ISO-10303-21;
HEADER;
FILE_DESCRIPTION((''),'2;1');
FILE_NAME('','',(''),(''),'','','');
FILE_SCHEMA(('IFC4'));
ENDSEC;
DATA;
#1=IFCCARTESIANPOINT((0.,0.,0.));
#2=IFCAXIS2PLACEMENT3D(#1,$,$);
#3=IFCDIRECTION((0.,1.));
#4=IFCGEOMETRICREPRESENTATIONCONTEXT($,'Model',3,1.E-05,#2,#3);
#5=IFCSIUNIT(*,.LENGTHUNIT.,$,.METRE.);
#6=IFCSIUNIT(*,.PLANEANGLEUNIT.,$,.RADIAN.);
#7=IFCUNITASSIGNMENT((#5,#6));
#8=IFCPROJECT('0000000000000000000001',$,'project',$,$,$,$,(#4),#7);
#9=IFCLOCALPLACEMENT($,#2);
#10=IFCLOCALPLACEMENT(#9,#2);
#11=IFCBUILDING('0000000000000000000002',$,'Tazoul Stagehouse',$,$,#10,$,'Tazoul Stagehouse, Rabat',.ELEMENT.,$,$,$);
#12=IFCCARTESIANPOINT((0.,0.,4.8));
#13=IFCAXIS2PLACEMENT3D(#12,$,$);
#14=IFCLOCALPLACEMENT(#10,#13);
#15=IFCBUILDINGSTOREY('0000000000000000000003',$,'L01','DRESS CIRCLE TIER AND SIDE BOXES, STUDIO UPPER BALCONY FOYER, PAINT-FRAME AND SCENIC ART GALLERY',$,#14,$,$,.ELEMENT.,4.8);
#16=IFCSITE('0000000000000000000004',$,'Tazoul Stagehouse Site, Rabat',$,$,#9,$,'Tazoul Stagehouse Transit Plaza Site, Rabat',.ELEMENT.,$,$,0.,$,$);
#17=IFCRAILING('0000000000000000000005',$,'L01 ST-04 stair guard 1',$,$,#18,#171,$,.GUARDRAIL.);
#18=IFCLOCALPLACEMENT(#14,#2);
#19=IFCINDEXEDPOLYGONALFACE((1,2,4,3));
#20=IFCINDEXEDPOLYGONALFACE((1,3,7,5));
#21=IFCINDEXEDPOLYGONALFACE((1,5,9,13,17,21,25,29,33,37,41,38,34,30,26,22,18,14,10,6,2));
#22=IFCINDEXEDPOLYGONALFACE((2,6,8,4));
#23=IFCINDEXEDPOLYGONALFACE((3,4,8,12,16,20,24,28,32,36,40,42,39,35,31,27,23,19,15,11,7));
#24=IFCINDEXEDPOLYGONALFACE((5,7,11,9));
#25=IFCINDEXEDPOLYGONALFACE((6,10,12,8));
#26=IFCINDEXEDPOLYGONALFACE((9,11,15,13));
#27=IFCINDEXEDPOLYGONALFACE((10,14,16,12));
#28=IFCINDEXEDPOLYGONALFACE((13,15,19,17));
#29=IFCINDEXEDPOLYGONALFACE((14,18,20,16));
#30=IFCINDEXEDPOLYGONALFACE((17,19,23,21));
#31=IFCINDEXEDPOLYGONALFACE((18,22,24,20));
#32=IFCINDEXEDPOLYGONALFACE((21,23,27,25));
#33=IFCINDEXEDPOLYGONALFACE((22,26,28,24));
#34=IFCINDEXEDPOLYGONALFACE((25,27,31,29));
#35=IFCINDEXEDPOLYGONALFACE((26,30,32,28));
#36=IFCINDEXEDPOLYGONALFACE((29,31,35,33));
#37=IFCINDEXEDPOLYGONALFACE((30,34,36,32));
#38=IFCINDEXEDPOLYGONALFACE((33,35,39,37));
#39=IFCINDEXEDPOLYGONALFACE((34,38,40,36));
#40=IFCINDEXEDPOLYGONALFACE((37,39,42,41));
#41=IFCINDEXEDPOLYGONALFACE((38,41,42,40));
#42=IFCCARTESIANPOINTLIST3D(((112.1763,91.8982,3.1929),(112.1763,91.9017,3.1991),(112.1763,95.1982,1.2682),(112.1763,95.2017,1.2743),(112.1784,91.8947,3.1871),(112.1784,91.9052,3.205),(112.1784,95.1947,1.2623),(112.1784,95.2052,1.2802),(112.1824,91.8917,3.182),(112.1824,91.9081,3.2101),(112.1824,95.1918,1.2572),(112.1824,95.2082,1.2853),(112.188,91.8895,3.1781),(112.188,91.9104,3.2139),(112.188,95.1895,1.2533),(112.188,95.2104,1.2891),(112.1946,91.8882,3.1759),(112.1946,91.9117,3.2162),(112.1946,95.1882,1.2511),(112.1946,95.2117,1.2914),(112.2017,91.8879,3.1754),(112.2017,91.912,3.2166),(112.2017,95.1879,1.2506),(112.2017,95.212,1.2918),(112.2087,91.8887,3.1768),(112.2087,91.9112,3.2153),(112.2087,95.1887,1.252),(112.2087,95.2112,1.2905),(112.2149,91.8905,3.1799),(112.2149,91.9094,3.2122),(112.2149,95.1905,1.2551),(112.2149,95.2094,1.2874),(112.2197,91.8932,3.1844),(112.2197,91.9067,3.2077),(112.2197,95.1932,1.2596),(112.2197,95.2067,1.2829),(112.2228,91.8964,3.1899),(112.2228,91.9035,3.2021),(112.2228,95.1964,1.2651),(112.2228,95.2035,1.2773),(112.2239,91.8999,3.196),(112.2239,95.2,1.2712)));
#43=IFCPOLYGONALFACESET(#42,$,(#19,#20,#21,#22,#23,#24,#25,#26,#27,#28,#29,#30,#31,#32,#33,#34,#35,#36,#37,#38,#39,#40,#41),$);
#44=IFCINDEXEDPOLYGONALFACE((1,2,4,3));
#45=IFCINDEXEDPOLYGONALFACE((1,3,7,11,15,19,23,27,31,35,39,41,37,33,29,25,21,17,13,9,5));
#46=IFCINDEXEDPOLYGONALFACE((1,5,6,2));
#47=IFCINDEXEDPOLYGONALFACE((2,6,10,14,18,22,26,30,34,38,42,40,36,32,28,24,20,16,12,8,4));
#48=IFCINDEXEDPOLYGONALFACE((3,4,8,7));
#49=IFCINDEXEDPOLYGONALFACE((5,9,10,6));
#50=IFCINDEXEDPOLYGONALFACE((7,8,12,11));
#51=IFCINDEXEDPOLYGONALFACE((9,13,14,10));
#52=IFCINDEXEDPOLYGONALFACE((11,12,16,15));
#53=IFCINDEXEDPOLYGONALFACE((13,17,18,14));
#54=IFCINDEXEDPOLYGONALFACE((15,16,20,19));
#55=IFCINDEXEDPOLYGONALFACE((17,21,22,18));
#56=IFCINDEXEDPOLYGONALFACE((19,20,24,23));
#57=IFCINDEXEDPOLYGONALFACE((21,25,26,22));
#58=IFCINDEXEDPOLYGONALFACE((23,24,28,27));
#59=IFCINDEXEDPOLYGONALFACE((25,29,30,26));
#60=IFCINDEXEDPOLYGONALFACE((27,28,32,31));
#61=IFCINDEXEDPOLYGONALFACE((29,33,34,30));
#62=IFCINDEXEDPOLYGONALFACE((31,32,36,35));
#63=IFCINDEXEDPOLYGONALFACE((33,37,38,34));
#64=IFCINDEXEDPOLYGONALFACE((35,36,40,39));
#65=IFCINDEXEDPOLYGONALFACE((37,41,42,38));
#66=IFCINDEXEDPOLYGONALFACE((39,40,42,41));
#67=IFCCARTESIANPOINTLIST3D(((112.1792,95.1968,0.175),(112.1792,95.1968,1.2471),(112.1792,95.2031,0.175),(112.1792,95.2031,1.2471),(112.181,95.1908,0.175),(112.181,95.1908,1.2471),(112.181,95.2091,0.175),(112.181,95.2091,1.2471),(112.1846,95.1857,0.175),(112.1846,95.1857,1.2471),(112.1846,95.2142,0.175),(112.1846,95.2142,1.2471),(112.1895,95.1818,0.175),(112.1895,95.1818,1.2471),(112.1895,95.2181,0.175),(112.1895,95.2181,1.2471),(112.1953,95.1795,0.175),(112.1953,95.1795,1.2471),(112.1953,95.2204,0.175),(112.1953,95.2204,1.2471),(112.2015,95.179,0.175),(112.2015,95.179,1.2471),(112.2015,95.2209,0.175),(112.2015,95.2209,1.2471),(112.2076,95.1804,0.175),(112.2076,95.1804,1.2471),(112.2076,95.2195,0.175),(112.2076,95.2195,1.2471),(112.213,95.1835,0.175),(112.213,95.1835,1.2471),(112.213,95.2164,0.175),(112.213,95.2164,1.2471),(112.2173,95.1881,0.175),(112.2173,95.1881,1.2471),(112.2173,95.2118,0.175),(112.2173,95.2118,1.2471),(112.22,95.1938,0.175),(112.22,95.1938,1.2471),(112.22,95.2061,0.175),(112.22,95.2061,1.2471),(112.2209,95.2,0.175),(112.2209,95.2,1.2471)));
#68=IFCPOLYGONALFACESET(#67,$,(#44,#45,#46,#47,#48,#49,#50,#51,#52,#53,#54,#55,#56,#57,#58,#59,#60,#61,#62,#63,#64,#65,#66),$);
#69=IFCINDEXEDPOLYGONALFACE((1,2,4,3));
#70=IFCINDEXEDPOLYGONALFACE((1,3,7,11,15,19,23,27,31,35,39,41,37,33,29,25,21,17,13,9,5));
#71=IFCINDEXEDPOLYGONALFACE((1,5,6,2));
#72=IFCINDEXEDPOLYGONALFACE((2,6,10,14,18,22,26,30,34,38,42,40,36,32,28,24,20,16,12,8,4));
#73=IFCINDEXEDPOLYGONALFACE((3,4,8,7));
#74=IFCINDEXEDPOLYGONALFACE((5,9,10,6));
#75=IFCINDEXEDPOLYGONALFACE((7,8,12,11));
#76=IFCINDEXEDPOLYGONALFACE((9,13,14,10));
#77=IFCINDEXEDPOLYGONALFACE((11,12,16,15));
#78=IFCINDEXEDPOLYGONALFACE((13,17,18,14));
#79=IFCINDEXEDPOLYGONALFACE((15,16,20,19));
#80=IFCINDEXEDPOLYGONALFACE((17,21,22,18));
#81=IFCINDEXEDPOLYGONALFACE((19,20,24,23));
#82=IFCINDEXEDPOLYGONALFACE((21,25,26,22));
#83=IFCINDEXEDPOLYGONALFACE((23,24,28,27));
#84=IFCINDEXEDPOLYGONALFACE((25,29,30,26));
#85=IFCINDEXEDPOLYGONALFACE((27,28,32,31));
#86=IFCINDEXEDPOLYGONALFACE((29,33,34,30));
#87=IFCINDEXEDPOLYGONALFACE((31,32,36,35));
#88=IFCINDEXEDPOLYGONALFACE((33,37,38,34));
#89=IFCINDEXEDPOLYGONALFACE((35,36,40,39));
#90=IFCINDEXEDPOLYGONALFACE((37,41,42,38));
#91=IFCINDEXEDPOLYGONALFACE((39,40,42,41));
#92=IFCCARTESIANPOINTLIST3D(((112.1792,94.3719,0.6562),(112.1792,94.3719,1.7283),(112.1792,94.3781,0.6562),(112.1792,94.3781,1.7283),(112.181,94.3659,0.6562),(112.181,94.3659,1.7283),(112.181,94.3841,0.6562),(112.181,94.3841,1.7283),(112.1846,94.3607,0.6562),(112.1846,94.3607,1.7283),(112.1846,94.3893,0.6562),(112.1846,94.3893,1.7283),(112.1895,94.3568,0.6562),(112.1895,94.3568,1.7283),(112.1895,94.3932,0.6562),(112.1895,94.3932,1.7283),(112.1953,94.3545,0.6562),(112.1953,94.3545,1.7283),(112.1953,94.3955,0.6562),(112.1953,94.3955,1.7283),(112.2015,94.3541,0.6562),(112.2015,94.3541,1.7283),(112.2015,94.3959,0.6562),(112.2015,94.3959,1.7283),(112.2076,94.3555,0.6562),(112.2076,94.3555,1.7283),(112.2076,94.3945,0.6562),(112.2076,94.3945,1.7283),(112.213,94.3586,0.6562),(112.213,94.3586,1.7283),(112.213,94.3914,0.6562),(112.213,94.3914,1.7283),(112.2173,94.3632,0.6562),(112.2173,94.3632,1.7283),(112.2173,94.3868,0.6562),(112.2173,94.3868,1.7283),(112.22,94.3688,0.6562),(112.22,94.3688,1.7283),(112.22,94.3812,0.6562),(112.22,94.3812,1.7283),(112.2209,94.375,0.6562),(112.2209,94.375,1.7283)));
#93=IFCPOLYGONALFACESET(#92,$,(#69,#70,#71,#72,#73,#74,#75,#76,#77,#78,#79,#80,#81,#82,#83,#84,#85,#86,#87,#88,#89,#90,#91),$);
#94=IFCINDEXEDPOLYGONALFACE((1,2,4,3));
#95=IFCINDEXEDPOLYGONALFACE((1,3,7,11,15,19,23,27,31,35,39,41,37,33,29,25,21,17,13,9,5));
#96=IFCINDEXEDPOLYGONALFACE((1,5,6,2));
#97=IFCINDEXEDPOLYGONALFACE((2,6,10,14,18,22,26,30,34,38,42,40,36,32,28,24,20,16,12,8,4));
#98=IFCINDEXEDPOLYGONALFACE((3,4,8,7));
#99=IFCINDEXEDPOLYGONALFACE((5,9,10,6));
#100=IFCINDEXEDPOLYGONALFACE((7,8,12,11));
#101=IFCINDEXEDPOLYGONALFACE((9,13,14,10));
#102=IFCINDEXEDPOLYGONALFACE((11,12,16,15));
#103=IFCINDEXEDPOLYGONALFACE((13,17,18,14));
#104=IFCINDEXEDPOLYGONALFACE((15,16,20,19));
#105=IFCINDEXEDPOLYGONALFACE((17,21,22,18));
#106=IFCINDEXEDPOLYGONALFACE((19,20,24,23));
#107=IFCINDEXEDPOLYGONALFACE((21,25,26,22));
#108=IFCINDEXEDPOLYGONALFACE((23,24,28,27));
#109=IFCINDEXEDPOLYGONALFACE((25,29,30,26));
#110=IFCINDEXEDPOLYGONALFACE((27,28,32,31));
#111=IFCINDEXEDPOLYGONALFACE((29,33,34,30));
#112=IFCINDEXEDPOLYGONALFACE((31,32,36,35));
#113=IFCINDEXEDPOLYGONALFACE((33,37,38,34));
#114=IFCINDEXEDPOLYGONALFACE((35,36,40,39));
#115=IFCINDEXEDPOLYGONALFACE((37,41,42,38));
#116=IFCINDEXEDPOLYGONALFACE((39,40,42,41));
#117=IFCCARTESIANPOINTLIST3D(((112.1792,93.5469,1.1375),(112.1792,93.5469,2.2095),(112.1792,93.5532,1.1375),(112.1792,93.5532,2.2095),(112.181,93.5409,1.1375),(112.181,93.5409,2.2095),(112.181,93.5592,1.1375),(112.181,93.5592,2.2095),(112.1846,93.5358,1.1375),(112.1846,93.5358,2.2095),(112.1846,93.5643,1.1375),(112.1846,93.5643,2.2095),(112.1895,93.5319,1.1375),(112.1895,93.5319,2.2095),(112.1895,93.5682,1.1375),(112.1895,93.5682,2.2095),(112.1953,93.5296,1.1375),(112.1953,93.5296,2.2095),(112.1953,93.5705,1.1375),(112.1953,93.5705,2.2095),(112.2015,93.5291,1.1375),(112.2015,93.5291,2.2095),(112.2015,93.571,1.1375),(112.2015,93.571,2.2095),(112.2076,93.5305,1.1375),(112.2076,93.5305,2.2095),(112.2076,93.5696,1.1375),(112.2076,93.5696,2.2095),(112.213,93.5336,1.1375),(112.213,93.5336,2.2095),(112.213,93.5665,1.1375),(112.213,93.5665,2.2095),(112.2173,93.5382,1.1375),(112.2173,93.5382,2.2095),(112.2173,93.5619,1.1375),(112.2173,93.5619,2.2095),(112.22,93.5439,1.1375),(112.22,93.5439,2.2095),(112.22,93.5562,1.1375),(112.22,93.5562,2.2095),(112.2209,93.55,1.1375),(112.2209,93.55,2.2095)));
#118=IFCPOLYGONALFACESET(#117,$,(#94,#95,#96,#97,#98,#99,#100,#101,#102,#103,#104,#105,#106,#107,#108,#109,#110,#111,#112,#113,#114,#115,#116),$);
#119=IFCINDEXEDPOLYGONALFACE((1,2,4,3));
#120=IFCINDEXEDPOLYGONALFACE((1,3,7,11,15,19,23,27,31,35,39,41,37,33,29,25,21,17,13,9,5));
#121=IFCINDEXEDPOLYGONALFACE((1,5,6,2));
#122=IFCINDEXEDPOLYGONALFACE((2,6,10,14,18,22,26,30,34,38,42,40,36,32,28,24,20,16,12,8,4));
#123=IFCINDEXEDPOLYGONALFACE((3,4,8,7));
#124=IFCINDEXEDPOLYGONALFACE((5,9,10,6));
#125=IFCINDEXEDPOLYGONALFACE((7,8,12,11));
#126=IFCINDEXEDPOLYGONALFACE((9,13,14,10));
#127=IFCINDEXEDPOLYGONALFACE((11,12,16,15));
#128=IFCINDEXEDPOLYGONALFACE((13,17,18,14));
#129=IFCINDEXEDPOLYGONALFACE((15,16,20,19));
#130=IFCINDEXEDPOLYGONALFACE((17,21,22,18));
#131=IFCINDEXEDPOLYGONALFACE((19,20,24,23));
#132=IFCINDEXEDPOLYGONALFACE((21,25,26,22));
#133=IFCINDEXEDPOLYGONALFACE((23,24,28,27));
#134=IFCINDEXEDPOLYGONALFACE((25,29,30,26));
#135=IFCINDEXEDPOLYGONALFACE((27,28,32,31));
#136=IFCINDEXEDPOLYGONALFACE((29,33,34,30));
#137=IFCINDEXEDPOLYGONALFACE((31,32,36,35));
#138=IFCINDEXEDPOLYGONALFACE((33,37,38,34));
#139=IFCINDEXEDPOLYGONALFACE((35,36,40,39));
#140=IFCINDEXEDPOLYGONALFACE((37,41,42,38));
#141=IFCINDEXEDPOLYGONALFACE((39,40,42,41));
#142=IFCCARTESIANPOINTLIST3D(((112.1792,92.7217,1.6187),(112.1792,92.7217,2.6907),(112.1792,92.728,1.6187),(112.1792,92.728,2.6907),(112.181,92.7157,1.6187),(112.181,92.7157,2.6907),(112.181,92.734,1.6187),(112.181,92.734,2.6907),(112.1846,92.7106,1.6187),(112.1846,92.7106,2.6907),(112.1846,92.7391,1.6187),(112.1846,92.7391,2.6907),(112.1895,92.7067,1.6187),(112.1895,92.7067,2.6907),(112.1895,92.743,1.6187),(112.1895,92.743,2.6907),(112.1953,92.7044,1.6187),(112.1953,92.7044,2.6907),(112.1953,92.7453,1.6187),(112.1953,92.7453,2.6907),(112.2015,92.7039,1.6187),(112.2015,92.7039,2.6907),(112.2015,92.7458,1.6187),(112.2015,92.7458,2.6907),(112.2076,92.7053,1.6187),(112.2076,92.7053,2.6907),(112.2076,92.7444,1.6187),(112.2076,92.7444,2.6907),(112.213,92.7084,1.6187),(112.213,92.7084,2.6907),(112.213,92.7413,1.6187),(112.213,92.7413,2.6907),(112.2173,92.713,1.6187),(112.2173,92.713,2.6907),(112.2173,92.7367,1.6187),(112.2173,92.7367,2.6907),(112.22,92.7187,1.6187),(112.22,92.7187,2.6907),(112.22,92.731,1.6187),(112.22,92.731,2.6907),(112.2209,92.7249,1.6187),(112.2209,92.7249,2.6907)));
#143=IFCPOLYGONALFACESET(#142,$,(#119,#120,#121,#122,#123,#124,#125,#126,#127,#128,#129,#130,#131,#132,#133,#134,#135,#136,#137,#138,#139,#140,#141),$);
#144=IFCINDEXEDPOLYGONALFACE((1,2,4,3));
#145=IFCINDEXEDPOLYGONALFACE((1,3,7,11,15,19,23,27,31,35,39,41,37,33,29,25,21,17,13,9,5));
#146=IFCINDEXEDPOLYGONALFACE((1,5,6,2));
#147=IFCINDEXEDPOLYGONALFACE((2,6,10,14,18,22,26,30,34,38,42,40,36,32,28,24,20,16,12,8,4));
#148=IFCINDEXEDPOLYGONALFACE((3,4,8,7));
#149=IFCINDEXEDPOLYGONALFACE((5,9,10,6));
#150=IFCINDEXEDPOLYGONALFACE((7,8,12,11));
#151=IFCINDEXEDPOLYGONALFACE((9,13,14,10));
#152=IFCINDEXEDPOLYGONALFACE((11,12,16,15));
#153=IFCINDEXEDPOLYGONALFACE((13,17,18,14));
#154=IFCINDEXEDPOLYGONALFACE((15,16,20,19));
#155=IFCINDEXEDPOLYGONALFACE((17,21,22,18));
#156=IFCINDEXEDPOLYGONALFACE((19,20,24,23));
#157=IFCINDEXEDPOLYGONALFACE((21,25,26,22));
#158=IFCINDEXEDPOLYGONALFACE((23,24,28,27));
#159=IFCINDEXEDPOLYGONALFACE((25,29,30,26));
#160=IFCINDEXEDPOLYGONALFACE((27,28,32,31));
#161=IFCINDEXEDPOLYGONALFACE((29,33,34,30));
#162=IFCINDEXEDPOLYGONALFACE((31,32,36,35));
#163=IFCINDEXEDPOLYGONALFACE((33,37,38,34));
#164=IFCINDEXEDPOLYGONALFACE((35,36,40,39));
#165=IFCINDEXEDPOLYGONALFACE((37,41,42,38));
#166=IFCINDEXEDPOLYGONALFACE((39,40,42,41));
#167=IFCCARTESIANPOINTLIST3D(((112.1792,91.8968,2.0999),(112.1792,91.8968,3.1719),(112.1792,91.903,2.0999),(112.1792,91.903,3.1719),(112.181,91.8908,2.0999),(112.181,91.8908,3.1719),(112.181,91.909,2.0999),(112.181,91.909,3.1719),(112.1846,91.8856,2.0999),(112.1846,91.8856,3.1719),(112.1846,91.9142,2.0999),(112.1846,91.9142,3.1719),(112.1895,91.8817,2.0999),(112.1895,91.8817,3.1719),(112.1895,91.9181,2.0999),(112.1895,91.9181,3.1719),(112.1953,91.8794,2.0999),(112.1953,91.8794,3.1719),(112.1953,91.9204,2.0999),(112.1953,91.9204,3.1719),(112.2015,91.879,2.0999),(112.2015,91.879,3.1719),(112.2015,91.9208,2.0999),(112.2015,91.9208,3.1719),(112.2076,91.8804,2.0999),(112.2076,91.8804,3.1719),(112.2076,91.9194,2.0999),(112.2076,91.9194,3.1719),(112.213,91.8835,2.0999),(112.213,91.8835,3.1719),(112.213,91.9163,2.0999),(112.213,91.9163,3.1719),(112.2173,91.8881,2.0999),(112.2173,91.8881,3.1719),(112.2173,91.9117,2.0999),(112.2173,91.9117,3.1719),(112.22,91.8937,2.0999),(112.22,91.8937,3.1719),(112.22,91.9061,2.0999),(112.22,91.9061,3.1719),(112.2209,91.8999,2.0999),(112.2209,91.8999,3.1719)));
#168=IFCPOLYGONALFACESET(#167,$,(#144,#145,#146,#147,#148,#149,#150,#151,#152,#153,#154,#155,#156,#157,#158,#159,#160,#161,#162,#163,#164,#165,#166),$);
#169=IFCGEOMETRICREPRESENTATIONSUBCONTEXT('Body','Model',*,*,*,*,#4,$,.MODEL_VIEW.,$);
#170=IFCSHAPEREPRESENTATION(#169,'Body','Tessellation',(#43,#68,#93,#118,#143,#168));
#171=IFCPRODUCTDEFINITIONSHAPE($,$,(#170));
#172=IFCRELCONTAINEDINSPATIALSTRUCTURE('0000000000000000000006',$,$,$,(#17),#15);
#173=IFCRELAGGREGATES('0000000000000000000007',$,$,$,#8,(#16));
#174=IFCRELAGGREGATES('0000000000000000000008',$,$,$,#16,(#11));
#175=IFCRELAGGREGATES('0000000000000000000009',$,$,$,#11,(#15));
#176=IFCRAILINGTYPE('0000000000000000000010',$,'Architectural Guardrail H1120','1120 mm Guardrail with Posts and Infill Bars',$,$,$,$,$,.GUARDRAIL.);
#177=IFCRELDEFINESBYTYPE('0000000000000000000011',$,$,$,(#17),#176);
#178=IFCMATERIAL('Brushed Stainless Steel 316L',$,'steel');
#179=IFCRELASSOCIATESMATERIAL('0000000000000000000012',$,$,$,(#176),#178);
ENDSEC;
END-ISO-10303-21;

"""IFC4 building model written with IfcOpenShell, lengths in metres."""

from ifc_helpers import new_model, si_unit, direction, frame, origin, origin_2d, place, context, subcontext, project, spatial, circle, extrude, material, material_profile, profile_set, type_object, element, save


model = new_model("IFC4")

# Units and contexts
model_context = context("Model", 3, precision=1e-05, world=origin(), true_north=direction((0.0, 1.0)))
body_context = subcontext(model_context, "Body", "Model", "MODEL_VIEW")
ifc_project = project(units=[si_unit("LENGTHUNIT", "METRE"), si_unit("PLANEANGLEUNIT", "RADIAN")], contexts=[model_context])

# Site, building, storey
site_placement = place(None, origin())
site = spatial("IfcSite", under=ifc_project, at=site_placement, Name="Tazoul Stagehouse Site, Rabat", LongName="Tazoul Stagehouse Transit Plaza Site, Rabat", CompositionType="ELEMENT", RefElevation=0.0)
building_placement = place(site_placement, origin())
building = spatial("IfcBuilding", under=site, at=building_placement, Name="Tazoul Stagehouse", LongName="Tazoul Stagehouse, Rabat", CompositionType="ELEMENT")
storey_placement = place(building_placement, frame((0.0, 0.0, 4.8)))
storey = spatial("IfcBuildingStorey", under=building, at=storey_placement, Name="L01", Description="DRESS CIRCLE TIER AND SIDE BOXES, STUDIO UPPER BALCONY FOYER, PAINT-FRAME AND SCENIC ART GALLERY", CompositionType="ELEMENT", Elevation=4.8)

# Railing
ifc_material_1 = material(Name="Brushed Stainless Steel 316L", Category="steel")
ifc_material_profile_1 = material_profile(ifc_material_1, circle(Radius=0.0239, at=origin_2d()), Name="SS RAIL D48")
ifc_profile_set_1 = profile_set([ifc_material_profile_1], Name="Brushed Stainless Steel 316L")
railing_type_1 = type_object("IfcRailingType", Name="Architectural Guardrail H1120", Description="1120 mm Guardrail with Posts and Infill Bars", PredefinedType="GUARDRAIL", material=ifc_profile_set_1)
railing_1_placement = place(storey_placement, frame((112.2, 95.2, 0.175)))
element("IfcRailing", 1, at=railing_1_placement, inside=storey, type_object=railing_type_1, Name="L01 ST-04 stair guard 1", PredefinedType="GUARDRAIL", context=body_context, shape_type="SweptSolid", body=[
    extrude(circle(Radius=0.0239, at=origin_2d()), frame((0.0, 0.0, 1.0962), z_axis=(0.0, -0.863804, 0.503827), x_axis=(1.0, 0.0, 0.0)), (0.0, 0.0, 1.0), 3.8203),
    extrude(circle(Radius=0.021, at=origin_2d()), origin(), (0.0, 0.0, 1.0), 1.072),
    extrude(circle(Radius=0.021, at=origin_2d()), frame((0.0, -0.825, 0.4812)), (0.0, 0.0, 1.0), 1.072),
    extrude(circle(Radius=0.021, at=origin_2d()), frame((0.0, -1.6499, 0.9624)), (0.0, 0.0, 1.0), 1.072),
    extrude(circle(Radius=0.021, at=origin_2d()), frame((0.0, -2.4751, 1.4436)), (0.0, 0.0, 1.0), 1.072),
    extrude(circle(Radius=0.021, at=origin_2d()), frame((0.0, -3.3, 1.9248)), (0.0, 0.0, 1.0), 1.072),
])

save(model, "model.ifc")
